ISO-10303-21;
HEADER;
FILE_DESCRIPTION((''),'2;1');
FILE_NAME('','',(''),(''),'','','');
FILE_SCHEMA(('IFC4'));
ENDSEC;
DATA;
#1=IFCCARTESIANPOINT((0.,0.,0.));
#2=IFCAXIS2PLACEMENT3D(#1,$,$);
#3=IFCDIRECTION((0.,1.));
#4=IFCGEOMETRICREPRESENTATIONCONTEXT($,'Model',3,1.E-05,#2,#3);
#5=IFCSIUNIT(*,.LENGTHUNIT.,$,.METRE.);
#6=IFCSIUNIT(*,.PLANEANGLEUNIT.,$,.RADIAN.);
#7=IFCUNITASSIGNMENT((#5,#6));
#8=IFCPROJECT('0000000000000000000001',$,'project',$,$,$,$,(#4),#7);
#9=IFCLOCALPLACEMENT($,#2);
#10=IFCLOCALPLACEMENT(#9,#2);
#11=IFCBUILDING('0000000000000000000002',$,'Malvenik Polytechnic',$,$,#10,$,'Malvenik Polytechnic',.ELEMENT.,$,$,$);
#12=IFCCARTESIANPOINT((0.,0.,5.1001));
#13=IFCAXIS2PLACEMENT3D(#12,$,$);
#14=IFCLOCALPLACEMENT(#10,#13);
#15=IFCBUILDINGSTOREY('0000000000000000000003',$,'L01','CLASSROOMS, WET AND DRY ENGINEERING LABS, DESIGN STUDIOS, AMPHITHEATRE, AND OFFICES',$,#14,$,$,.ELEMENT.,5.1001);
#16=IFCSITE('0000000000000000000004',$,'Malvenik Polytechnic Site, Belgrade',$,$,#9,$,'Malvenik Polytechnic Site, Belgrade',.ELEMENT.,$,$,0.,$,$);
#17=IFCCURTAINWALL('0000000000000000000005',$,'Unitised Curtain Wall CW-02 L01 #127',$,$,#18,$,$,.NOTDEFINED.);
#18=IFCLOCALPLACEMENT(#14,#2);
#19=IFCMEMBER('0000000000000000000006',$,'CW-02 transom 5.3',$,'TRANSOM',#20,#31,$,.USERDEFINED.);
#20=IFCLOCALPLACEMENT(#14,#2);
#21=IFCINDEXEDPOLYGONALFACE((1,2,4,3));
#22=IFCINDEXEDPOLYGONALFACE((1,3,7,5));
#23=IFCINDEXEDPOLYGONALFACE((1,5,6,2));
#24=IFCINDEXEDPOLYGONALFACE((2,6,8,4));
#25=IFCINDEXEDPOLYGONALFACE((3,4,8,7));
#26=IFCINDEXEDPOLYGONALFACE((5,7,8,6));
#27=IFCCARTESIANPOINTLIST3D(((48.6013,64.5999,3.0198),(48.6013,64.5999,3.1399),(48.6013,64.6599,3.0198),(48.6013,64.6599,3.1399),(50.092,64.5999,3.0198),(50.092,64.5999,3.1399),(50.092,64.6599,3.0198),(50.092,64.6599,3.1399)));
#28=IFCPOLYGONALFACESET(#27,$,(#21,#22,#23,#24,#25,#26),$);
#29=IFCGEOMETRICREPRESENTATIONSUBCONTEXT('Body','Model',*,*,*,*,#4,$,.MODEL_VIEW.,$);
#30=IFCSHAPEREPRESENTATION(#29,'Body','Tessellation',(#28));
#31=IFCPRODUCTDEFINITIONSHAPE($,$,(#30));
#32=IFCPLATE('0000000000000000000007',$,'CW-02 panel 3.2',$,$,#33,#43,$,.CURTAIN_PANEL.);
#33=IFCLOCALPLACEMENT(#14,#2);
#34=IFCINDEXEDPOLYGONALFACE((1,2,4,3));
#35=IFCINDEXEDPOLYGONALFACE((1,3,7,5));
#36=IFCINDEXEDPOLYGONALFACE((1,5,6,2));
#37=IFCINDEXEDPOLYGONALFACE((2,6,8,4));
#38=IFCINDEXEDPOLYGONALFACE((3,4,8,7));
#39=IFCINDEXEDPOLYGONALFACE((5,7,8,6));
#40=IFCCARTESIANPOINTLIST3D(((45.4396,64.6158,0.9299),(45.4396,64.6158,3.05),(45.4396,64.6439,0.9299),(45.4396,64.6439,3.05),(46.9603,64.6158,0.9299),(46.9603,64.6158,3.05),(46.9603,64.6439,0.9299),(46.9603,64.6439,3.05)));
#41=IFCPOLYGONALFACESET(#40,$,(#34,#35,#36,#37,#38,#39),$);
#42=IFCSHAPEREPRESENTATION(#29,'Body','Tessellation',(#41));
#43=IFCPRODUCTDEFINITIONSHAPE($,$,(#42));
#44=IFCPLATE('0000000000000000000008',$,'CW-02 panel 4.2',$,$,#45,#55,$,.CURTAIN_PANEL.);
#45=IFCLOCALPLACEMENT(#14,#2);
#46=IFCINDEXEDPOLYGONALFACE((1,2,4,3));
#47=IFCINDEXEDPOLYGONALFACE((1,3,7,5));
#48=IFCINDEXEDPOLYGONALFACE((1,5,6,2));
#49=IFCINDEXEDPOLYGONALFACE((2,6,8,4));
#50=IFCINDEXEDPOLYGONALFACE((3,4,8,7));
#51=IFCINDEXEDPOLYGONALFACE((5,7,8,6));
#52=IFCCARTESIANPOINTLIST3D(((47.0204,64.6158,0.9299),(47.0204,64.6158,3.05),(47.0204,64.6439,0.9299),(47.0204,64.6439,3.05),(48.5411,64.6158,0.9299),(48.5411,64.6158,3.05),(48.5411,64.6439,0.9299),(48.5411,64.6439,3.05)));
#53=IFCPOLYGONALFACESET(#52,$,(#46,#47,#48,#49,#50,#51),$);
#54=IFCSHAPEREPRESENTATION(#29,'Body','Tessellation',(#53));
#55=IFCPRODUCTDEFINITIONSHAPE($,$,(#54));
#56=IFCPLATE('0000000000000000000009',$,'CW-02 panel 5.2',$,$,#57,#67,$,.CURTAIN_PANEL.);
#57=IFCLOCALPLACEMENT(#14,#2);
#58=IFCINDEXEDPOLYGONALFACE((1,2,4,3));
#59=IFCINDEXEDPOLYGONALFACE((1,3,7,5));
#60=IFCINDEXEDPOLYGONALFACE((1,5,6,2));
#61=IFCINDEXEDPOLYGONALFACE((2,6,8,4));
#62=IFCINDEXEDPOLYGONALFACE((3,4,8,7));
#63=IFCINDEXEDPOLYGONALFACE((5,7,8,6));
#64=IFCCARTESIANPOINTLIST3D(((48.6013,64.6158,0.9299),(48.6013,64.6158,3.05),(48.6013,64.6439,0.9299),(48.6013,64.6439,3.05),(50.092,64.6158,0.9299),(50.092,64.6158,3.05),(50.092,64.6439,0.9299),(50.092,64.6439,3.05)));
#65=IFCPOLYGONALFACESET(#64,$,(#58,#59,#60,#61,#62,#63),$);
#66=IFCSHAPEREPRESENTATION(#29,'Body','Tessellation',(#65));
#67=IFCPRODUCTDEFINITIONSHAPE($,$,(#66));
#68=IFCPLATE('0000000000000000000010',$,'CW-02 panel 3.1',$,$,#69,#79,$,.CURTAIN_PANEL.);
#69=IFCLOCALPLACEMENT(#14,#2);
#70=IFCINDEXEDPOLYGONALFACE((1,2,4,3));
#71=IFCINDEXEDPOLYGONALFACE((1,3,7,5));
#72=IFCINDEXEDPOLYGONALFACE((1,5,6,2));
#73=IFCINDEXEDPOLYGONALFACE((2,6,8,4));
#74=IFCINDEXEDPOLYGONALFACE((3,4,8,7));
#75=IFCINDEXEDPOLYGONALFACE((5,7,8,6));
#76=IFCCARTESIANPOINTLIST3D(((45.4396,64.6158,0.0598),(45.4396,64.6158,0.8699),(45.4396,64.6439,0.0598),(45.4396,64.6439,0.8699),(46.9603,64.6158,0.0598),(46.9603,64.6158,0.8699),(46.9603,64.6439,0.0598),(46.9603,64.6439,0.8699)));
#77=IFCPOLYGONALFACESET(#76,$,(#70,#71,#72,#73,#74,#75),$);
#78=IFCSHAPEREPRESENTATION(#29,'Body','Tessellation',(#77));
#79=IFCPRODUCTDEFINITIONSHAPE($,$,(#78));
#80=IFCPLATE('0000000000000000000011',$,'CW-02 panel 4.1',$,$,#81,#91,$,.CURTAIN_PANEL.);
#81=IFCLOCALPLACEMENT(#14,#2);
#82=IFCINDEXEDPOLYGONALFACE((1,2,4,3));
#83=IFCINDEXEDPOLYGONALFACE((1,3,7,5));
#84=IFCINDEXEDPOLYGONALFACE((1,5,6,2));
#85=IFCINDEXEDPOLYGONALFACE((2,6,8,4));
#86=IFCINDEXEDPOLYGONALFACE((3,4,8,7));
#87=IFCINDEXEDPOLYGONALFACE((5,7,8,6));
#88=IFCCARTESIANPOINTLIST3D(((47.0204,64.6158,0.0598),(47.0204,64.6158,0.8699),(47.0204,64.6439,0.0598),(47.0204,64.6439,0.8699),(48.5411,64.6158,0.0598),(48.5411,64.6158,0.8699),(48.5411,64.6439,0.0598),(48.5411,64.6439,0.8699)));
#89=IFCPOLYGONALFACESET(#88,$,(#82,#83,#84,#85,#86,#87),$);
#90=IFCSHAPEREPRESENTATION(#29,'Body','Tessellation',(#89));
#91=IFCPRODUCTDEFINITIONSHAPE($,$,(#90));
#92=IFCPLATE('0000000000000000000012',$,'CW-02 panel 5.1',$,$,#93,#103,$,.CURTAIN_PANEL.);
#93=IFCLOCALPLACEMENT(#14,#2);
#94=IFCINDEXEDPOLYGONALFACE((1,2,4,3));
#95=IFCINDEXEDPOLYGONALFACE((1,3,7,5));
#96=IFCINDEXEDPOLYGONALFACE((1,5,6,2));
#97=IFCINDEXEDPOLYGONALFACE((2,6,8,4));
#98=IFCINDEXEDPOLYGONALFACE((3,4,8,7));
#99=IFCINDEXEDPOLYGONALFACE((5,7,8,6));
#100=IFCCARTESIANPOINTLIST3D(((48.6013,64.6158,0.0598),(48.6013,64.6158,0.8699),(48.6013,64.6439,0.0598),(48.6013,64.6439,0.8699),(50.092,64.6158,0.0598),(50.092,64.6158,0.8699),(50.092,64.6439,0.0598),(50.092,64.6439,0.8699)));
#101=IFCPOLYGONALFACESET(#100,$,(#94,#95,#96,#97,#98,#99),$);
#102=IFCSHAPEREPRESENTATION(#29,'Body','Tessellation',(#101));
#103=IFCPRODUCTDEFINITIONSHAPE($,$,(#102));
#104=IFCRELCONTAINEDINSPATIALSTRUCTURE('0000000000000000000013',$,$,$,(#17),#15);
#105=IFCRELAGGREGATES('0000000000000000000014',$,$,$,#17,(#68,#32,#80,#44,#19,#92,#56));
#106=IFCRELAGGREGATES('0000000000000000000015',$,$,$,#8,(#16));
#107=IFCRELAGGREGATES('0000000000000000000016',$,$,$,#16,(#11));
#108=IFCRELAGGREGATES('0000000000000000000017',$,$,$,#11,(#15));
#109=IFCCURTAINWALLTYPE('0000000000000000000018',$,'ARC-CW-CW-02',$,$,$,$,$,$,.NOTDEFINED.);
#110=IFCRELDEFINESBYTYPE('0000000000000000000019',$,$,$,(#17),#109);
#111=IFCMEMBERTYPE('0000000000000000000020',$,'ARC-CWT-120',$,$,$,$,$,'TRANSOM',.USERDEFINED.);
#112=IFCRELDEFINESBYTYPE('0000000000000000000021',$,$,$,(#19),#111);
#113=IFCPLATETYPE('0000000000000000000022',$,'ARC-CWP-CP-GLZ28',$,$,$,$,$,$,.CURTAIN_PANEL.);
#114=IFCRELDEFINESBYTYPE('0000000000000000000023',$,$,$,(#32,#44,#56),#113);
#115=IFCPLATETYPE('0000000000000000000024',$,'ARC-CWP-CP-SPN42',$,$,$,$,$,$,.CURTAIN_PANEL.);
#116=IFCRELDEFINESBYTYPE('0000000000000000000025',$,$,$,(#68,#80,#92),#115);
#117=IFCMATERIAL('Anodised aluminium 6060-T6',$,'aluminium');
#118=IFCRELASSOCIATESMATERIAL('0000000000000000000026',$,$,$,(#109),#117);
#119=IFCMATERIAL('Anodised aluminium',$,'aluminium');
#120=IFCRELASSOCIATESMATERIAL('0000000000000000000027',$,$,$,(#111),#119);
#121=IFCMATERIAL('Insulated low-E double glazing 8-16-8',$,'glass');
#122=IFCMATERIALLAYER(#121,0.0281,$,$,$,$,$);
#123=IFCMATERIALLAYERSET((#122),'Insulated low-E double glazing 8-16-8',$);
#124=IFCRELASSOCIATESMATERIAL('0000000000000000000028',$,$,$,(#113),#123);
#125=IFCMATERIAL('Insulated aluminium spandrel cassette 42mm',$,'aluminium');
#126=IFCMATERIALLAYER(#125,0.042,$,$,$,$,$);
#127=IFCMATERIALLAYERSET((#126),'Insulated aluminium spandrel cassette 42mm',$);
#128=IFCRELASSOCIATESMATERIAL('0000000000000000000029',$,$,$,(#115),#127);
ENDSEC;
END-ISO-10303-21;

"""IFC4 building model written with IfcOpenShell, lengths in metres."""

from ifc_helpers import new_model, si_unit, direction, frame, origin, origin_2d, place, context, subcontext, project, spatial, rectangle, extrude, material, layer, layer_set, material_profile, profile_set, type_object, element, aggregate, save


model = new_model("IFC4")

# Units and contexts
model_context = context("Model", 3, precision=1e-05, world=origin(), true_north=direction((0.0, 1.0)))
body_context = subcontext(model_context, "Body", "Model", "MODEL_VIEW")
ifc_project = project(units=[si_unit("LENGTHUNIT", "METRE"), si_unit("PLANEANGLEUNIT", "RADIAN")], contexts=[model_context])

# Site, building, storey
site_placement = place(None, origin())
site = spatial("IfcSite", under=ifc_project, at=site_placement, Name="Malvenik Polytechnic Site, Belgrade", LongName="Malvenik Polytechnic Site, Belgrade", CompositionType="ELEMENT", RefElevation=0.0)
building_placement = place(site_placement, origin())
building = spatial("IfcBuilding", under=site, at=building_placement, Name="Malvenik Polytechnic", LongName="Malvenik Polytechnic", CompositionType="ELEMENT")
storey_placement = place(building_placement, frame((0.0, 0.0, 5.1001)))
storey = spatial("IfcBuildingStorey", under=building, at=storey_placement, Name="L01", Description="CLASSROOMS, WET AND DRY ENGINEERING LABS, DESIGN STUDIOS, AMPHITHEATRE, AND OFFICES", CompositionType="ELEMENT", Elevation=5.1001)

# Curtain wall, member, plates
ifc_material_1 = material(Name="Anodised aluminium 6060-T6", Category="aluminium")
curtain_wall_type = type_object("IfcCurtainWallType", Name="ARC-CW-CW-02", PredefinedType="NOTDEFINED", material=ifc_material_1)
curtain_wall_placement = place(storey_placement, origin())
curtain_wall = element("IfcCurtainWall", 1, at=curtain_wall_placement, inside=storey, type_object=curtain_wall_type, Name="Unitised Curtain Wall CW-02 L01 #127", PredefinedType="NOTDEFINED")
ifc_material_2 = material(Name="Anodised aluminium", Category="aluminium")
ifc_material_profile_1 = material_profile(ifc_material_2, rectangle(XDim=0.0601, YDim=0.1201, at=origin_2d()), Name="ALU TRANSOM 60x120")
ifc_profile_set_1 = profile_set([ifc_material_profile_1], Name="Anodised aluminium")
member_type_1 = type_object("IfcMemberType", Name="ARC-CWT-120", ElementType="TRANSOM", PredefinedType="USERDEFINED", material=ifc_profile_set_1)
member_1_placement = place(storey_placement, frame((48.6013, 64.6299, 3.0798), z_axis=(1.0, 0.0, 0.0), x_axis=(0.0, 1.0, 0.0)))
member_1 = element("IfcMember", 2, at=member_1_placement, type_object=member_type_1, Name="CW-02 transom 5.3", ObjectType="TRANSOM", PredefinedType="USERDEFINED", context=body_context, shape_type="SweptSolid", body=[
    extrude(rectangle(XDim=0.0601, YDim=0.1201, at=origin_2d()), origin(), (0.0, 0.0, 1.0), 1.4907),
])
ifc_material_3 = material(Name="Insulated low-E double glazing 8-16-8", Category="glass")
ifc_layer_1 = layer(ifc_material_3, 0.0281)
ifc_layer_set_1 = layer_set([ifc_layer_1], Name="Insulated low-E double glazing 8-16-8")
plate_type_1 = type_object("IfcPlateType", Name="ARC-CWP-CP-GLZ28", PredefinedType="CURTAIN_PANEL", material=ifc_layer_set_1)
plate_1_placement = place(storey_placement, frame((46.2, 64.6299, 0.9299), z_axis=(0.0, 0.0, 1.0), x_axis=(1.0, 0.0, 0.0)))
plate_1 = element("IfcPlate", 3, at=plate_1_placement, type_object=plate_type_1, Name="CW-02 panel 3.2", PredefinedType="CURTAIN_PANEL", context=body_context, shape_type="SweptSolid", body=[
    extrude(rectangle(XDim=1.5208, YDim=0.0281, at=origin_2d()), origin(), (0.0, 0.0, 1.0), 2.1201),
])
plate_2_placement = place(storey_placement, frame((47.7808, 64.6299, 0.9299), z_axis=(0.0, 0.0, 1.0), x_axis=(1.0, 0.0, 0.0)))
plate_2 = element("IfcPlate", 4, at=plate_2_placement, type_object=plate_type_1, Name="CW-02 panel 4.2", PredefinedType="CURTAIN_PANEL", context=body_context, shape_type="SweptSolid", body=[
    extrude(rectangle(XDim=1.5208, YDim=0.0281, at=origin_2d()), origin(), (0.0, 0.0, 1.0), 2.1201),
])
plate_3_placement = place(storey_placement, frame((49.3467, 64.6299, 0.9299), z_axis=(0.0, 0.0, 1.0), x_axis=(1.0, 0.0, 0.0)))
plate_3 = element("IfcPlate", 5, at=plate_3_placement, type_object=plate_type_1, Name="CW-02 panel 5.2", PredefinedType="CURTAIN_PANEL", context=body_context, shape_type="SweptSolid", body=[
    extrude(rectangle(XDim=1.4907, YDim=0.0281, at=origin_2d()), origin(), (0.0, 0.0, 1.0), 2.1201),
])
ifc_material_4 = material(Name="Insulated aluminium spandrel cassette 42mm", Category="aluminium")
ifc_layer_2 = layer(ifc_material_4, 0.042)
ifc_layer_set_2 = layer_set([ifc_layer_2], Name="Insulated aluminium spandrel cassette 42mm")
plate_type_2 = type_object("IfcPlateType", Name="ARC-CWP-CP-SPN42", PredefinedType="CURTAIN_PANEL", material=ifc_layer_set_2)
plate_4_placement = place(storey_placement, frame((46.2, 64.6299, 0.0598), z_axis=(0.0, 0.0, 1.0), x_axis=(1.0, 0.0, 0.0)))
plate_4 = element("IfcPlate", 6, at=plate_4_placement, type_object=plate_type_2, Name="CW-02 panel 3.1", PredefinedType="CURTAIN_PANEL", context=body_context, shape_type="SweptSolid", body=[
    extrude(rectangle(XDim=1.5208, YDim=0.0281, at=origin_2d()), origin(), (0.0, 0.0, 1.0), 0.8101),
])
plate_5_placement = place(storey_placement, frame((47.7808, 64.6299, 0.0598), z_axis=(0.0, 0.0, 1.0), x_axis=(1.0, 0.0, 0.0)))
plate_5 = element("IfcPlate", 7, at=plate_5_placement, type_object=plate_type_2, Name="CW-02 panel 4.1", PredefinedType="CURTAIN_PANEL", context=body_context, shape_type="SweptSolid", body=[
    extrude(rectangle(XDim=1.5208, YDim=0.0281, at=origin_2d()), origin(), (0.0, 0.0, 1.0), 0.8101),
])
plate_6_placement = place(storey_placement, frame((49.3467, 64.6299, 0.0598), z_axis=(0.0, 0.0, 1.0), x_axis=(1.0, 0.0, 0.0)))
plate_6 = element("IfcPlate", 8, at=plate_6_placement, type_object=plate_type_2, Name="CW-02 panel 5.1", PredefinedType="CURTAIN_PANEL", context=body_context, shape_type="SweptSolid", body=[
    extrude(rectangle(XDim=1.4907, YDim=0.0281, at=origin_2d()), origin(), (0.0, 0.0, 1.0), 0.8101),
])
aggregate(curtain_wall, [plate_4, plate_1, plate_5, plate_2, member_1, plate_6, plate_3])

save(model, "model.ifc")
